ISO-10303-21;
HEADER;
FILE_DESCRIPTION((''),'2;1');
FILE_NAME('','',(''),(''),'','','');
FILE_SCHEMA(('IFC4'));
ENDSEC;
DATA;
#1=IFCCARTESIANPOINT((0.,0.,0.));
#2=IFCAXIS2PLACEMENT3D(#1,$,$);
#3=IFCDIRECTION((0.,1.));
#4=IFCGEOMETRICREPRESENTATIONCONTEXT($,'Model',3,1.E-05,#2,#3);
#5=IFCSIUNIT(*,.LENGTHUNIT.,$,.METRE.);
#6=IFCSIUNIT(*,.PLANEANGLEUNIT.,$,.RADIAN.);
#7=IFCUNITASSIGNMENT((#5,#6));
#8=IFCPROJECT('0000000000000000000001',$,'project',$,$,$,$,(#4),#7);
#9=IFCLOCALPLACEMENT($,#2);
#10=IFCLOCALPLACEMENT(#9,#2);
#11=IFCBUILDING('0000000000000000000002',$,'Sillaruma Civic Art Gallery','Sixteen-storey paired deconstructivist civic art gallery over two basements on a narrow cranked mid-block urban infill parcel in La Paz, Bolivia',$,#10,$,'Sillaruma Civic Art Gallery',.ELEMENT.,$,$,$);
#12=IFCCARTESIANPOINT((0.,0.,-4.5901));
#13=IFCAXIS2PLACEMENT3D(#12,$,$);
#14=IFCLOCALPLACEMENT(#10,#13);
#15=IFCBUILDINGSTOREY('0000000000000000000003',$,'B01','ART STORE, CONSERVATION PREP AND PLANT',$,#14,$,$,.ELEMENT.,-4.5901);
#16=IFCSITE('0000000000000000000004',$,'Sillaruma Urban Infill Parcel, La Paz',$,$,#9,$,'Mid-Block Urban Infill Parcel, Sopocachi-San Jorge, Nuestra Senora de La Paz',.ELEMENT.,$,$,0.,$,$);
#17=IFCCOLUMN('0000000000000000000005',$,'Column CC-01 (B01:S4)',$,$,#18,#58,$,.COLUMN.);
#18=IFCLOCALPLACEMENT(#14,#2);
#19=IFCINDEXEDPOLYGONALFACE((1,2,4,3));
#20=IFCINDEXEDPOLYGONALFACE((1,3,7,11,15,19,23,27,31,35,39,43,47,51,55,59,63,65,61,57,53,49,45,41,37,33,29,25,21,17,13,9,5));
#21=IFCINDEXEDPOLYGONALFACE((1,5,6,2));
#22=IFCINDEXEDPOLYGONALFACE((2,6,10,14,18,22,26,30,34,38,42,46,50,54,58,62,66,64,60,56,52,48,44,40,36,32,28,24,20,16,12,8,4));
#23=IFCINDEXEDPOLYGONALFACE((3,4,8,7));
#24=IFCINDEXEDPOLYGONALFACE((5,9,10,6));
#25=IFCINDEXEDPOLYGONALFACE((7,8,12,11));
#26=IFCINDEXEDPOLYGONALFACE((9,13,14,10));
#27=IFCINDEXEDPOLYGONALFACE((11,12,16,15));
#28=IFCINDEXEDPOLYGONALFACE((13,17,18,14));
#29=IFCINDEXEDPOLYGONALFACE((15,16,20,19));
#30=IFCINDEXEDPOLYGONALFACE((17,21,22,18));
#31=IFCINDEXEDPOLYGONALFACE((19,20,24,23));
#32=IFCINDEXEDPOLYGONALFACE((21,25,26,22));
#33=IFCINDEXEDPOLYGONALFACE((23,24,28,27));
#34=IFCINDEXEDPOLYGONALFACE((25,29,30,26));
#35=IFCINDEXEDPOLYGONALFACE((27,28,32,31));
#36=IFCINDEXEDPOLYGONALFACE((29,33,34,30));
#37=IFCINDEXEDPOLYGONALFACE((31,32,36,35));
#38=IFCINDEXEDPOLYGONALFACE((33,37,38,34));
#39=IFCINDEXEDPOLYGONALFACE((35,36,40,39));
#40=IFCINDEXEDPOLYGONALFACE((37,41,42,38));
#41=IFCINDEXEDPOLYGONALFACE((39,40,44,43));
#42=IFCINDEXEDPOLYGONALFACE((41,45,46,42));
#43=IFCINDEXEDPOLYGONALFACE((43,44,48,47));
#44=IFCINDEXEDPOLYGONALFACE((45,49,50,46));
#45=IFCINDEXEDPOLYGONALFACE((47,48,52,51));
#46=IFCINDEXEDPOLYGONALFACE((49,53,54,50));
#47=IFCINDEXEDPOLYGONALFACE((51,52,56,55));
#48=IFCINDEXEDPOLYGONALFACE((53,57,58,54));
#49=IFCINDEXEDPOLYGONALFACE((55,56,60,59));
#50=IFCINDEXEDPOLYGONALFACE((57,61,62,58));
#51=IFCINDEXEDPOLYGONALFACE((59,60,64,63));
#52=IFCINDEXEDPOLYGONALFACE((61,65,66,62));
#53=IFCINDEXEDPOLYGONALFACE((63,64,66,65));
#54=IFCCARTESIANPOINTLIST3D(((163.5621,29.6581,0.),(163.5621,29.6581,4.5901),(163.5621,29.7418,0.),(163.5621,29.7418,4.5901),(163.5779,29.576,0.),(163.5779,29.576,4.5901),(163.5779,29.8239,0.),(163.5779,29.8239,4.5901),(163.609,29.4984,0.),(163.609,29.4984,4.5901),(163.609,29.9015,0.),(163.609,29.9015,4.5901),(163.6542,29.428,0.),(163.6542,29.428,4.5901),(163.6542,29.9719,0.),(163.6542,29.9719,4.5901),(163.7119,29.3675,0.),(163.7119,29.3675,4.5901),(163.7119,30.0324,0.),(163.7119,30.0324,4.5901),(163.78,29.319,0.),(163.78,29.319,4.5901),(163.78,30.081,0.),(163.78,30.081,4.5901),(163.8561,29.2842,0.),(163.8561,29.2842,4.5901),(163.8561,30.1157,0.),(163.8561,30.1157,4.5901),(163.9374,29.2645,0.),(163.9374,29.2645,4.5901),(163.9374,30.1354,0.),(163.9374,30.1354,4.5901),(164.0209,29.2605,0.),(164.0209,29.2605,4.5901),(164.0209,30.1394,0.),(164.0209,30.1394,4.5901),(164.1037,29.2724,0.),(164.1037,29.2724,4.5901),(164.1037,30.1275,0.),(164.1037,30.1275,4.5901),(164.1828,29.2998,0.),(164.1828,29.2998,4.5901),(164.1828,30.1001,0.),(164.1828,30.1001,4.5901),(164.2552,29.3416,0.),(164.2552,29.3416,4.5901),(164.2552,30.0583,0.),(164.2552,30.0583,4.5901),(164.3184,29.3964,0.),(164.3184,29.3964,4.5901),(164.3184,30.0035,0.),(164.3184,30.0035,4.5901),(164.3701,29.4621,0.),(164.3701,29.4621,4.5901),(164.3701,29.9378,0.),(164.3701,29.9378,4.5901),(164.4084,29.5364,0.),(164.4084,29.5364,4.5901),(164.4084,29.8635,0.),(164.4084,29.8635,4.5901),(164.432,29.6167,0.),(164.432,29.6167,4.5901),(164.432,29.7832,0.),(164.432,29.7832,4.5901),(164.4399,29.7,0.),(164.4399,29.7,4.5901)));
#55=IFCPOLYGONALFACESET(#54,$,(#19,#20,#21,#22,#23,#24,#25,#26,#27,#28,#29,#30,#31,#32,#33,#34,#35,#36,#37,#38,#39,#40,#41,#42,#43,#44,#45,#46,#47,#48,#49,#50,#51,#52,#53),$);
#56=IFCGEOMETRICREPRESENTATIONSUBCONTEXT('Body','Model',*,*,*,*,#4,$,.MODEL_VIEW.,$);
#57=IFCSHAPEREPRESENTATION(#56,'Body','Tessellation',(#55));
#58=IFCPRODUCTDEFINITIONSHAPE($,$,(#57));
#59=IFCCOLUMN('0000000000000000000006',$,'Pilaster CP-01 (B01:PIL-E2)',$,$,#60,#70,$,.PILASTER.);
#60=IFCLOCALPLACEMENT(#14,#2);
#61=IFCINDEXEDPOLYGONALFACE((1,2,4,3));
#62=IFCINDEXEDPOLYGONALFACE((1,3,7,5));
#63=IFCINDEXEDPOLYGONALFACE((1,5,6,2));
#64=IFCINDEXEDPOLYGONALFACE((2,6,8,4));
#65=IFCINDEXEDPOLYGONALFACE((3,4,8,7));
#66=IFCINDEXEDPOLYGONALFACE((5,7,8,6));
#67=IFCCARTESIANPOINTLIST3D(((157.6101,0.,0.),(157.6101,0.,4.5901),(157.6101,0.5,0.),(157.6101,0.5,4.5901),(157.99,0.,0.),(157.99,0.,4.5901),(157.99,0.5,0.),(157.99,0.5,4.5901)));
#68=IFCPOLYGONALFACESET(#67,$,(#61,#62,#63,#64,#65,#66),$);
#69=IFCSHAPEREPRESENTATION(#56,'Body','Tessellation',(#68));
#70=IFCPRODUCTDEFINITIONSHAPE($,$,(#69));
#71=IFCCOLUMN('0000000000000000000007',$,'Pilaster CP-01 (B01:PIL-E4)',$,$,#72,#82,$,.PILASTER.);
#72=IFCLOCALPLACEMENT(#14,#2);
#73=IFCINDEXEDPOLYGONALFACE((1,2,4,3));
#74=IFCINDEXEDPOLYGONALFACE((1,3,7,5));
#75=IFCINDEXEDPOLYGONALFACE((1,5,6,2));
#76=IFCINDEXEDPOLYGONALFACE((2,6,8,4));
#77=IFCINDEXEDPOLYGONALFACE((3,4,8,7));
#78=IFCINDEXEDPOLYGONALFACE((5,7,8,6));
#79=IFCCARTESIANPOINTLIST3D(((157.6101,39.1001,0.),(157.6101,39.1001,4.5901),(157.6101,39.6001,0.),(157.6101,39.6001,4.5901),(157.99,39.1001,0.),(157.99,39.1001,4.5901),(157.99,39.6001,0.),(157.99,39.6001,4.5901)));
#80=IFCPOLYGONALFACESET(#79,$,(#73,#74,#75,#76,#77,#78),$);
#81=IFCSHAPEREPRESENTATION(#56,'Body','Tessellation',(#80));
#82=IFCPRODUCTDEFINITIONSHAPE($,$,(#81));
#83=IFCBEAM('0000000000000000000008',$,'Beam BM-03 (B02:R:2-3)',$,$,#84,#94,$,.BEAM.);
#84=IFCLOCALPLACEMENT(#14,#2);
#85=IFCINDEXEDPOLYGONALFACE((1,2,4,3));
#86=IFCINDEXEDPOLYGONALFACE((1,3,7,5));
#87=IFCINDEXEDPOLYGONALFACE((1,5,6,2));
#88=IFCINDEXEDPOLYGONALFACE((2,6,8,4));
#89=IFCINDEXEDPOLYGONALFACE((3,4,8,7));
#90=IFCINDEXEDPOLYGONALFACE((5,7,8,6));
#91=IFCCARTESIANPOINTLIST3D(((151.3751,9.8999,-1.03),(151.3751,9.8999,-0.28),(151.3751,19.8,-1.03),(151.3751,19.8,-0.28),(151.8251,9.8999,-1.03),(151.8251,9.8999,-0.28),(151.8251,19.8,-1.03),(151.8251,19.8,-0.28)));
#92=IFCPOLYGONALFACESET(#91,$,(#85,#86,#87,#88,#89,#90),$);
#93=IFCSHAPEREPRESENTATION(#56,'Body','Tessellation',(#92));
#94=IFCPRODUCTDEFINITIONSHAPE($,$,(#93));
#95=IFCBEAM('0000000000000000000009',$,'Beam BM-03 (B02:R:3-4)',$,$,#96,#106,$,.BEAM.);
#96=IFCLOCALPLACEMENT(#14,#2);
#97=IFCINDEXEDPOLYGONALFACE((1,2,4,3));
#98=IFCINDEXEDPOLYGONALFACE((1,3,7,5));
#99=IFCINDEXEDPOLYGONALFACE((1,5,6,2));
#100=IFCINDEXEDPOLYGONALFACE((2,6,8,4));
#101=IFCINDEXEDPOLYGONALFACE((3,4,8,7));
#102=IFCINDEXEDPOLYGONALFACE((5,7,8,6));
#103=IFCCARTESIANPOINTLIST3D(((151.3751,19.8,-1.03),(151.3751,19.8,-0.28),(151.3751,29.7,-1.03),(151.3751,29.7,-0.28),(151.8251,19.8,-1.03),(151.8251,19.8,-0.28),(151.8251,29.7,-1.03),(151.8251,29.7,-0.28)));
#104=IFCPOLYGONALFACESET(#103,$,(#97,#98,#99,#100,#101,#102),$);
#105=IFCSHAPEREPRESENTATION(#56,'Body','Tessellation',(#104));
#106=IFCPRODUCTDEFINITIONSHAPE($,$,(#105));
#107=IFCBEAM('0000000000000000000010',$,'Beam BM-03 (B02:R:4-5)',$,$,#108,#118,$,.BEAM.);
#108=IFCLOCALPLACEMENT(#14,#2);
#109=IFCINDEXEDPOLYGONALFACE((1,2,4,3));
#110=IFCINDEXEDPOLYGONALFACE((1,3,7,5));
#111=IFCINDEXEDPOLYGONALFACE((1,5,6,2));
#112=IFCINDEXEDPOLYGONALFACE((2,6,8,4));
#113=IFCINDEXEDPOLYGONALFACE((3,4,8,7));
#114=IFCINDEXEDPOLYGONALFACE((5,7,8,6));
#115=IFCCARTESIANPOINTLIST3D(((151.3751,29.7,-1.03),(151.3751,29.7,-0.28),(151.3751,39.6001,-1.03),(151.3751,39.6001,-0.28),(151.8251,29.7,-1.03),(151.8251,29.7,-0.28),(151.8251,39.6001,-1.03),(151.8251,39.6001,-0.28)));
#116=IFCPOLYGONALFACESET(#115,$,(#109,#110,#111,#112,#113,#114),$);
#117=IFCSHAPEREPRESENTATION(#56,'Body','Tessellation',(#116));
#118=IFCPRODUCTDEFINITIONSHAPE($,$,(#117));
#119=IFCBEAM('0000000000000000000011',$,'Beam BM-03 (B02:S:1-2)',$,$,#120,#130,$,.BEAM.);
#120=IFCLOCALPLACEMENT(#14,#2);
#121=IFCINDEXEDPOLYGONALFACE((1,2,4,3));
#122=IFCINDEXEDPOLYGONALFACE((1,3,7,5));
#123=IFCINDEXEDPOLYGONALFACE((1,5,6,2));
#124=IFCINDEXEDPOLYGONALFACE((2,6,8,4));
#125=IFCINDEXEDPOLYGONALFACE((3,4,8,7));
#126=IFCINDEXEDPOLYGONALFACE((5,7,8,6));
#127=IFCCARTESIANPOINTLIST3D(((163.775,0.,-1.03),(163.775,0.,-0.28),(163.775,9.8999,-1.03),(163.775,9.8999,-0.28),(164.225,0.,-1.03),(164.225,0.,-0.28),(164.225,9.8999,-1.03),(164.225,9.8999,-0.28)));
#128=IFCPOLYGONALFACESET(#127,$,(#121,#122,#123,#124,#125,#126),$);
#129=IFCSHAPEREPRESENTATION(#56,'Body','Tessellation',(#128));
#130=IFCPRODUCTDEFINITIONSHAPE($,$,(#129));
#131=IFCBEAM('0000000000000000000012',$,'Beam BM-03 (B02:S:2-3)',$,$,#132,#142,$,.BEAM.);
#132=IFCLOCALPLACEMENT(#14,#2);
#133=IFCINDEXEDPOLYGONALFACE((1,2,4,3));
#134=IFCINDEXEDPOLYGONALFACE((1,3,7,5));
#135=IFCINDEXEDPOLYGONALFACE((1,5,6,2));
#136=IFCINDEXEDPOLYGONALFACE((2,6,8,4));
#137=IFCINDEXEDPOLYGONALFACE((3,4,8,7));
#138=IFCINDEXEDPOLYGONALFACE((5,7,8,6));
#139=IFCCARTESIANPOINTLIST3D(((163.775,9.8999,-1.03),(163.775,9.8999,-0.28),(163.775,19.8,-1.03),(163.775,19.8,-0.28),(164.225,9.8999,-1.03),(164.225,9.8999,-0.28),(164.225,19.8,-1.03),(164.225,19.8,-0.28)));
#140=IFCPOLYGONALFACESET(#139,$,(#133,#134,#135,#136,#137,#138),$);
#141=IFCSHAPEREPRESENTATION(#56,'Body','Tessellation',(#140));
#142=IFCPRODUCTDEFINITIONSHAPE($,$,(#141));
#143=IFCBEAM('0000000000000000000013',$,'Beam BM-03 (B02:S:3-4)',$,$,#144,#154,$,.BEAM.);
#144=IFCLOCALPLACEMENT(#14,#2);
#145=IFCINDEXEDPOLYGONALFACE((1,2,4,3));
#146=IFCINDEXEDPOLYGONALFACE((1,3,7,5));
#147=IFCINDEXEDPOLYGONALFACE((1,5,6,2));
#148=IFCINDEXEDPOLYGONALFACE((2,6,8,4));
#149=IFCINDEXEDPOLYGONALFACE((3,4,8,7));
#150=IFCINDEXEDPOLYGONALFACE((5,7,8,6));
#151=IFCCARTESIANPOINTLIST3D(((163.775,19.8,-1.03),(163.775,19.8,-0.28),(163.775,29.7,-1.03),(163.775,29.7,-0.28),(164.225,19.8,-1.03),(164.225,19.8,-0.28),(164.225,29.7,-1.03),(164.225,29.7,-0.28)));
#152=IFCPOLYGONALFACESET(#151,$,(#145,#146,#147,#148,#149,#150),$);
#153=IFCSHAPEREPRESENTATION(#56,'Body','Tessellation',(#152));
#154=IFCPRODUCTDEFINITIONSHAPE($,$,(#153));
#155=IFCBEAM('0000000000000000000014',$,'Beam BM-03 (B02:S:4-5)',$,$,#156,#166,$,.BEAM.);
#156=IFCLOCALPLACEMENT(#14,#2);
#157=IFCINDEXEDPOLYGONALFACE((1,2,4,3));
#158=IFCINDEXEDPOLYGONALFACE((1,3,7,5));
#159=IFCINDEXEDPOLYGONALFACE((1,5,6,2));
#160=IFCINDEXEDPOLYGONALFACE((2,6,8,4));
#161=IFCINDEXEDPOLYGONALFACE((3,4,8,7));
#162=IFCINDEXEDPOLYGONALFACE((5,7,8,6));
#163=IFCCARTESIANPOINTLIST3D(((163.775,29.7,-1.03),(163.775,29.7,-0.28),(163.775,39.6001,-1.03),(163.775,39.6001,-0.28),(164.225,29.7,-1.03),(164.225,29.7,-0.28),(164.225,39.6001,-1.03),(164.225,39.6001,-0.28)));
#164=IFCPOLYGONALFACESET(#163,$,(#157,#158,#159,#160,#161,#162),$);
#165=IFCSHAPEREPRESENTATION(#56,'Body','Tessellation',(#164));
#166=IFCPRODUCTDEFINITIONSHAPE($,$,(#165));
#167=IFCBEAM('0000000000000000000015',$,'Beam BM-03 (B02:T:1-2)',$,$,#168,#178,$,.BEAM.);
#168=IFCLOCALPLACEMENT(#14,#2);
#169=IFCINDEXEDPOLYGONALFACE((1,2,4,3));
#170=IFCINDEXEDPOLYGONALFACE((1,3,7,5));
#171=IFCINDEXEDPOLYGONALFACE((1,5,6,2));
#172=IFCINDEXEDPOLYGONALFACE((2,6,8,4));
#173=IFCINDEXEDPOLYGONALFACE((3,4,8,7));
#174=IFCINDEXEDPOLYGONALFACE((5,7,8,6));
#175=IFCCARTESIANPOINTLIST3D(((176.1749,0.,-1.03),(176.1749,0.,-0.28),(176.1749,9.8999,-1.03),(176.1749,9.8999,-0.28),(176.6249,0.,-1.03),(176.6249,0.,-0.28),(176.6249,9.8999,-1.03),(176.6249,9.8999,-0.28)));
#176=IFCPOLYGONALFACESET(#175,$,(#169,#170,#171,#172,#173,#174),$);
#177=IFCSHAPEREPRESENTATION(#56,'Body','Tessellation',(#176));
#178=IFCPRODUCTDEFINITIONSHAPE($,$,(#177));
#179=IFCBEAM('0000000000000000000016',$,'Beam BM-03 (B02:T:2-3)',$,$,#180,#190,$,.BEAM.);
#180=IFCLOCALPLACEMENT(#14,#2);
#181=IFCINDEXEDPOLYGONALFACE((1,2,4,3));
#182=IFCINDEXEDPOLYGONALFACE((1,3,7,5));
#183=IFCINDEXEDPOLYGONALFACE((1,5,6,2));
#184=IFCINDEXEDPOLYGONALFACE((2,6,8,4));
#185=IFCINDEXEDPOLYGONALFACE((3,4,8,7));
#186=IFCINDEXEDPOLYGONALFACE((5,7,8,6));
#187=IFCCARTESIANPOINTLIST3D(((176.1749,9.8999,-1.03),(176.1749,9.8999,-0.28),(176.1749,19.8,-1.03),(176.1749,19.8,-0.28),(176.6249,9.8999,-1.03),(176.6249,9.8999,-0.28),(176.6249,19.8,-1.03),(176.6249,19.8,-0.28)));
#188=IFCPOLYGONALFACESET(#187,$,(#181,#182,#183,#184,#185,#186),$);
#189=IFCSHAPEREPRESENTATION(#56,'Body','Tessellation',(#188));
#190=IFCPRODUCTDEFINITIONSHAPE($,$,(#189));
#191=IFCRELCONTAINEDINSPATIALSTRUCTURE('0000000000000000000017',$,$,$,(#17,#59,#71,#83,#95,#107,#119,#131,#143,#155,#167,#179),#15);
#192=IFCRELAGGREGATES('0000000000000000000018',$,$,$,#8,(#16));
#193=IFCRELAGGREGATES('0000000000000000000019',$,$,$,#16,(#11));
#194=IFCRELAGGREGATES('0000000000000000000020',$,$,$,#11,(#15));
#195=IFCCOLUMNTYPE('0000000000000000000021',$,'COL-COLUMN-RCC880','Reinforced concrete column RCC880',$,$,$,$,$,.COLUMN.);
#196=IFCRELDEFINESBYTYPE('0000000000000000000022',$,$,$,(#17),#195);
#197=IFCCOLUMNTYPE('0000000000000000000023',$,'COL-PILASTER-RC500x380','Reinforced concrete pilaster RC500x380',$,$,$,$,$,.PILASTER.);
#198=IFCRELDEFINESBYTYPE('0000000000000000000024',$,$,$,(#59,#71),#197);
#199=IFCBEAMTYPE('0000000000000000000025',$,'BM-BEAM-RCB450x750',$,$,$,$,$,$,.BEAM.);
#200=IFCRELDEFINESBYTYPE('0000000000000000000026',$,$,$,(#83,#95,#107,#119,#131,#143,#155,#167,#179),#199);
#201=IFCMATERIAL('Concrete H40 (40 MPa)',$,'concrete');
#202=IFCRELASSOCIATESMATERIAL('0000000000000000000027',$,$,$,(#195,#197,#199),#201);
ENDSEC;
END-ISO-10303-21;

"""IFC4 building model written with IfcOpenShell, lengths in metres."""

from ifc_helpers import new_model, si_unit, direction, frame, origin, origin_2d, place, context, subcontext, project, spatial, rectangle, circle, extrude, material, material_profile, profile_set, type_object, element, save


model = new_model("IFC4")

# Units and contexts
model_context = context("Model", 3, precision=1e-05, world=origin(), true_north=direction((0.0, 1.0)))
body_context = subcontext(model_context, "Body", "Model", "MODEL_VIEW")
ifc_project = project(units=[si_unit("LENGTHUNIT", "METRE"), si_unit("PLANEANGLEUNIT", "RADIAN")], contexts=[model_context])

# Site, building, storey
site_placement = place(None, origin())
site = spatial("IfcSite", under=ifc_project, at=site_placement, Name="Sillaruma Urban Infill Parcel, La Paz", LongName="Mid-Block Urban Infill Parcel, Sopocachi-San Jorge, Nuestra Senora de La Paz", CompositionType="ELEMENT", RefElevation=0.0)
building_placement = place(site_placement, origin())
building = spatial("IfcBuilding", under=site, at=building_placement, Name="Sillaruma Civic Art Gallery", Description="Sixteen-storey paired deconstructivist civic art gallery over two basements on a narrow cranked mid-block urban infill parcel in La Paz, Bolivia", LongName="Sillaruma Civic Art Gallery", CompositionType="ELEMENT")
storey_placement = place(building_placement, frame((0.0, 0.0, -4.5901)))
storey = spatial("IfcBuildingStorey", under=building, at=storey_placement, Name="B01", Description="ART STORE, CONSERVATION PREP AND PLANT", CompositionType="ELEMENT", Elevation=-4.5901)

# Columns
ifc_material_1 = material(Name="Concrete H40 (40 MPa)", Category="concrete")
ifc_material_profile_1 = material_profile(ifc_material_1, circle(Radius=0.4399, at=origin_2d()), Name="RCC880")
ifc_profile_set_1 = profile_set([ifc_material_profile_1], Name="Concrete H40 (40 MPa)")
column_type_1 = type_object("IfcColumnType", Name="COL-COLUMN-RCC880", Description="Reinforced concrete column RCC880", PredefinedType="COLUMN", material=ifc_profile_set_1)
for number, where, z_axis, x_axis, name in (
    (1, (164.0, 29.7, 0.0), (0.0, 0.0, 1.0), (1.0, 0.0, 0.0), "Column CC-01 (B01:S4)"),
):
    element("IfcColumn", number, at=place(storey_placement, frame(where, z_axis=z_axis, x_axis=x_axis)), inside=storey, type_object=column_type_1, Name=name, PredefinedType="COLUMN", context=body_context, shape_type="SweptSolid", body=[
        extrude(circle(Radius=0.4399, at=origin_2d()), origin(), (0.0, 0.0, 1.0), 4.5901),
    ])
ifc_material_profile_2 = material_profile(ifc_material_1, rectangle(XDim=0.3799, YDim=0.5, at=origin_2d()), Name="RC500x380")
ifc_profile_set_2 = profile_set([ifc_material_profile_2], Name="Concrete H40 (40 MPa)")
column_type_2 = type_object("IfcColumnType", Name="COL-PILASTER-RC500x380", Description="Reinforced concrete pilaster RC500x380", PredefinedType="PILASTER", material=ifc_profile_set_2)
for number, where, z_axis, x_axis, name in (
    (2, (157.8, 0.25, 0.0), (0.0, 0.0, 1.0), (1.0, 0.0, 0.0), "Pilaster CP-01 (B01:PIL-E2)"),
    (3, (157.8, 39.3501, 0.0), (0.0, 0.0, 1.0), (1.0, 0.0, 0.0), "Pilaster CP-01 (B01:PIL-E4)"),
):
    element("IfcColumn", number, at=place(storey_placement, frame(where, z_axis=z_axis, x_axis=x_axis)), inside=storey, type_object=column_type_2, Name=name, PredefinedType="PILASTER", context=body_context, shape_type="SweptSolid", body=[
        extrude(rectangle(XDim=0.3799, YDim=0.5, at=origin_2d()), origin(), (0.0, 0.0, 1.0), 4.5901),
    ])

# Beams
ifc_material_profile_3 = material_profile(ifc_material_1, rectangle(XDim=0.45, YDim=0.75, at=origin_2d()), Name="RCB450x750")
ifc_profile_set_3 = profile_set([ifc_material_profile_3], Name="Concrete H40 (40 MPa)")
beam_type_1 = type_object("IfcBeamType", Name="BM-BEAM-RCB450x750", PredefinedType="BEAM", material=ifc_profile_set_3)
beam_1_placement = place(storey_placement, frame((151.6001, 9.8999, -0.655), z_axis=(0.0, 1.0, 0.0), x_axis=(-1.0, 0.0, 0.0)))
element("IfcBeam", 4, at=beam_1_placement, inside=storey, type_object=beam_type_1, Name="Beam BM-03 (B02:R:2-3)", PredefinedType="BEAM", context=body_context, shape_type="SweptSolid", body=[
    extrude(rectangle(XDim=0.45, YDim=0.75, at=origin_2d()), origin(), (0.0, 0.0, 1.0), 9.9001),
])
beam_2_placement = place(storey_placement, frame((151.6001, 19.8, -0.655), z_axis=(0.0, 1.0, 0.0), x_axis=(-1.0, 0.0, 0.0)))
element("IfcBeam", 5, at=beam_2_placement, inside=storey, type_object=beam_type_1, Name="Beam BM-03 (B02:R:3-4)", PredefinedType="BEAM", context=body_context, shape_type="SweptSolid", body=[
    extrude(rectangle(XDim=0.45, YDim=0.75, at=origin_2d()), origin(), (0.0, 0.0, 1.0), 9.8999),
])
beam_3_placement = place(storey_placement, frame((151.6001, 29.7, -0.655), z_axis=(0.0, 1.0, 0.0), x_axis=(-1.0, 0.0, 0.0)))
element("IfcBeam", 6, at=beam_3_placement, inside=storey, type_object=beam_type_1, Name="Beam BM-03 (B02:R:4-5)", PredefinedType="BEAM", context=body_context, shape_type="SweptSolid", body=[
    extrude(rectangle(XDim=0.45, YDim=0.75, at=origin_2d()), origin(), (0.0, 0.0, 1.0), 9.9001),
])
beam_4_placement = place(storey_placement, frame((164.0, 0.0, -0.655), z_axis=(0.0, 1.0, 0.0), x_axis=(-1.0, 0.0, 0.0)))
element("IfcBeam", 7, at=beam_4_placement, inside=storey, type_object=beam_type_1, Name="Beam BM-03 (B02:S:1-2)", PredefinedType="BEAM", context=body_context, shape_type="SweptSolid", body=[
    extrude(rectangle(XDim=0.45, YDim=0.75, at=origin_2d()), origin(), (0.0, 0.0, 1.0), 9.8999),
])
beam_5_placement = place(storey_placement, frame((164.0, 9.8999, -0.655), z_axis=(0.0, 1.0, 0.0), x_axis=(-1.0, 0.0, 0.0)))
element("IfcBeam", 8, at=beam_5_placement, inside=storey, type_object=beam_type_1, Name="Beam BM-03 (B02:S:2-3)", PredefinedType="BEAM", context=body_context, shape_type="SweptSolid", body=[
    extrude(rectangle(XDim=0.45, YDim=0.75, at=origin_2d()), origin(), (0.0, 0.0, 1.0), 9.9001),
])
beam_6_placement = place(storey_placement, frame((164.0, 19.8, -0.655), z_axis=(0.0, 1.0, 0.0), x_axis=(-1.0, 0.0, 0.0)))
element("IfcBeam", 9, at=beam_6_placement, inside=storey, type_object=beam_type_1, Name="Beam BM-03 (B02:S:3-4)", PredefinedType="BEAM", context=body_context, shape_type="SweptSolid", body=[
    extrude(rectangle(XDim=0.45, YDim=0.75, at=origin_2d()), origin(), (0.0, 0.0, 1.0), 9.8999),
])
beam_7_placement = place(storey_placement, frame((164.0, 29.7, -0.655), z_axis=(0.0, 1.0, 0.0), x_axis=(-1.0, 0.0, 0.0)))
element("IfcBeam", 10, at=beam_7_placement, inside=storey, type_object=beam_type_1, Name="Beam BM-03 (B02:S:4-5)", PredefinedType="BEAM", context=body_context, shape_type="SweptSolid", body=[
    extrude(rectangle(XDim=0.45, YDim=0.75, at=origin_2d()), origin(), (0.0, 0.0, 1.0), 9.9001),
])
beam_8_placement = place(storey_placement, frame((176.3999, 0.0, -0.655), z_axis=(0.0, 1.0, 0.0), x_axis=(-1.0, 0.0, 0.0)))
element("IfcBeam", 11, at=beam_8_placement, inside=storey, type_object=beam_type_1, Name="Beam BM-03 (B02:T:1-2)", PredefinedType="BEAM", context=body_context, shape_type="SweptSolid", body=[
    extrude(rectangle(XDim=0.45, YDim=0.75, at=origin_2d()), origin(), (0.0, 0.0, 1.0), 9.8999),
])
beam_9_placement = place(storey_placement, frame((176.3999, 9.8999, -0.655), z_axis=(0.0, 1.0, 0.0), x_axis=(-1.0, 0.0, 0.0)))
element("IfcBeam", 12, at=beam_9_placement, inside=storey, type_object=beam_type_1, Name="Beam BM-03 (B02:T:2-3)", PredefinedType="BEAM", context=body_context, shape_type="SweptSolid", body=[
    extrude(rectangle(XDim=0.45, YDim=0.75, at=origin_2d()), origin(), (0.0, 0.0, 1.0), 9.9001),
])

save(model, "model.ifc")
